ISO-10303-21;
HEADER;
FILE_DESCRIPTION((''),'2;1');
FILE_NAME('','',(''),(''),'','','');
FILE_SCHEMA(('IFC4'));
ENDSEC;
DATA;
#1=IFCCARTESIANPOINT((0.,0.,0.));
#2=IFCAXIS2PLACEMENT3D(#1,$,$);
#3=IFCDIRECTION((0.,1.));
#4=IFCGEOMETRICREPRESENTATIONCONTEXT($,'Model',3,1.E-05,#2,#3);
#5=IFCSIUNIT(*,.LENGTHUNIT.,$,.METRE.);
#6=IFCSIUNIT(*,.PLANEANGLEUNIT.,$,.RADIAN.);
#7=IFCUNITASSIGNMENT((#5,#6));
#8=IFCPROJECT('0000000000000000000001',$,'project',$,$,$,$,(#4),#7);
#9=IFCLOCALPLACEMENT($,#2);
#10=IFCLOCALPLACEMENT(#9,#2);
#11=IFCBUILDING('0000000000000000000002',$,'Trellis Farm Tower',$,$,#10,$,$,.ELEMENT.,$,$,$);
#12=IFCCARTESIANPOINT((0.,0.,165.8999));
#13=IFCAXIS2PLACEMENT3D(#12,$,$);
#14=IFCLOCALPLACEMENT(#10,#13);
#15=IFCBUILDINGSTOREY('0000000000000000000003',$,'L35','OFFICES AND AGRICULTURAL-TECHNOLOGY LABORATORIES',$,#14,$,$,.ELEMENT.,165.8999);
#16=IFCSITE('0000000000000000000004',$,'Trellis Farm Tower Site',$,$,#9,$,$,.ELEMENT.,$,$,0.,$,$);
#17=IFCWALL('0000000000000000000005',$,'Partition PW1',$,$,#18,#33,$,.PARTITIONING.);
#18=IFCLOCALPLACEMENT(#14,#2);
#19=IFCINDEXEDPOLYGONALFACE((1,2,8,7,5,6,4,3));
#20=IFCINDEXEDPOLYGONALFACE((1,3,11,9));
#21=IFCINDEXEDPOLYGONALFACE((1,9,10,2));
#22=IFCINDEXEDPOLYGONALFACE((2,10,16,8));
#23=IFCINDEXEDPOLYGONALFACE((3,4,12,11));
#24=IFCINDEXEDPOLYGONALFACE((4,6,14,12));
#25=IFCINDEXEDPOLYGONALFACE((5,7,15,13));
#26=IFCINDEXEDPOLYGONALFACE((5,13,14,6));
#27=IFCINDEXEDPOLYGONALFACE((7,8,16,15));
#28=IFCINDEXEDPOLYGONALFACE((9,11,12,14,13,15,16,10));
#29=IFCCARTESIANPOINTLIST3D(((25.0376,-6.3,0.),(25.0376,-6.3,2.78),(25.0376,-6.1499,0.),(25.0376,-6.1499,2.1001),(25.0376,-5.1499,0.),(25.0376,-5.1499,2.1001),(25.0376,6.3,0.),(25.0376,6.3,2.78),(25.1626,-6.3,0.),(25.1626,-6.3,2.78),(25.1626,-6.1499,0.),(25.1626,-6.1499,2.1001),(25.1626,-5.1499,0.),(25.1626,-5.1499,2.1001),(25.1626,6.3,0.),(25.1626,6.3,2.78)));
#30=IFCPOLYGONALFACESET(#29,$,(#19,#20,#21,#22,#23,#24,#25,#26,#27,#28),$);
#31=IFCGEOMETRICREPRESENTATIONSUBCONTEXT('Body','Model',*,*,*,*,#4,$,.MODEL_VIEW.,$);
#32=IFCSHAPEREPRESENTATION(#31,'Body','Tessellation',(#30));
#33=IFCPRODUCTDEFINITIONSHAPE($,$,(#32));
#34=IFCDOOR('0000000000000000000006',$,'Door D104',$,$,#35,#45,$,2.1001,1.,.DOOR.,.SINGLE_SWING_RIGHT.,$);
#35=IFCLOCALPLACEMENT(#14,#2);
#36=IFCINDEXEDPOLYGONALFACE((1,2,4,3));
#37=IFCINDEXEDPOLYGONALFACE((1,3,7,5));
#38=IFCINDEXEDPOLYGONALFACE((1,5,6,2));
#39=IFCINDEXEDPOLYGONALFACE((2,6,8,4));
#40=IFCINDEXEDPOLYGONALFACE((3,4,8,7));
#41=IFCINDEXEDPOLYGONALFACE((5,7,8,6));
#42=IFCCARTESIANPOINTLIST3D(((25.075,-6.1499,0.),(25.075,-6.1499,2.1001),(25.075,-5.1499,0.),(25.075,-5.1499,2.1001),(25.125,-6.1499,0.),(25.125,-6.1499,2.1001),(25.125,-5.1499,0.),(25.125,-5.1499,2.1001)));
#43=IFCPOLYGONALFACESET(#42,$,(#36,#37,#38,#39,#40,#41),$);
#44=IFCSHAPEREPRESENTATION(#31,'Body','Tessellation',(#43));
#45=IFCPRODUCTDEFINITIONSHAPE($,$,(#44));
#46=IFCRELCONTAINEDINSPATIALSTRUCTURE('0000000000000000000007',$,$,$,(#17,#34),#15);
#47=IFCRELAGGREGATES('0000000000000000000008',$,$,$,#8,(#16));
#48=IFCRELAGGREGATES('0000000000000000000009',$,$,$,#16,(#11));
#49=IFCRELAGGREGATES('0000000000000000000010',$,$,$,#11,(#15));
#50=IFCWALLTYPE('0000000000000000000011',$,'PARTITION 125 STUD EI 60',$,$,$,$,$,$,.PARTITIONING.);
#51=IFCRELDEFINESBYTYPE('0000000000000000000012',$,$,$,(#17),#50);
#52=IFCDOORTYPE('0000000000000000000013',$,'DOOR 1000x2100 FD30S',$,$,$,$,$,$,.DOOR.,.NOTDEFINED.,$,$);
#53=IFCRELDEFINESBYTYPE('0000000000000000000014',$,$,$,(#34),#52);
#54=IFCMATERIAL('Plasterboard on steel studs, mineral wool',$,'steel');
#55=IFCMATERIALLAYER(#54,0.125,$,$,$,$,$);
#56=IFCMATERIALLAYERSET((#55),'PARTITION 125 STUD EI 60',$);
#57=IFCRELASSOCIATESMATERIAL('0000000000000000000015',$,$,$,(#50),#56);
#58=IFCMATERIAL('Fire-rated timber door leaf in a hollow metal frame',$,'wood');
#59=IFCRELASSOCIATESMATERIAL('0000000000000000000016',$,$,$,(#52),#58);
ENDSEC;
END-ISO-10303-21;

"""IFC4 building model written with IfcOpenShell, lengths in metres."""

from ifc_helpers import new_model, si_unit, direction, frame, frame_2d, origin, place, context, subcontext, project, spatial, rectangle, extrude, source, transform, mapped, material, layer, layer_set, type_object, element, fill, save


model = new_model("IFC4")

# Units and contexts
model_context = context("Model", 3, precision=1e-05, world=origin(), true_north=direction((0.0, 1.0)))
body_context = subcontext(model_context, "Body", "Model", "MODEL_VIEW")
ifc_project = project(units=[si_unit("LENGTHUNIT", "METRE"), si_unit("PLANEANGLEUNIT", "RADIAN")], contexts=[model_context])

# Site, building, storey
site_placement = place(None, origin())
site = spatial("IfcSite", under=ifc_project, at=site_placement, Name="Trellis Farm Tower Site", CompositionType="ELEMENT", RefElevation=0.0)
building_placement = place(site_placement, origin())
building = spatial("IfcBuilding", under=site, at=building_placement, Name="Trellis Farm Tower", CompositionType="ELEMENT")
storey_placement = place(building_placement, frame((0.0, 0.0, 165.8999)))
storey = spatial("IfcBuildingStorey", under=building, at=storey_placement, Name="L35", Description="OFFICES AND AGRICULTURAL-TECHNOLOGY LABORATORIES", CompositionType="ELEMENT", Elevation=165.8999)

# Wall, opening, door
ifc_material_1 = material(Name="Plasterboard on steel studs, mineral wool", Category="steel")
ifc_layer_1 = layer(ifc_material_1, 0.125)
ifc_layer_set_1 = layer_set([ifc_layer_1], Name="PARTITION 125 STUD EI 60")
wall_type_1 = type_object("IfcWallType", Name="PARTITION 125 STUD EI 60", PredefinedType="PARTITIONING", material=ifc_layer_set_1)
shared_shape_1 = source(origin(), body_context, "Body", "SweptSolid", [
    extrude(rectangle(XDim=12.6001, YDim=0.125, at=frame_2d((6.3, 0.0))), origin(), (0.0, 0.0, 1.0), 2.78),
])
wall_1_placement = place(storey_placement, frame((25.1001, 6.3, 0.0), z_axis=(0.0, 0.0, 1.0), x_axis=(0.0, -1.0, 0.0)))
wall_1 = element("IfcWall", 1, at=wall_1_placement, inside=storey, type_object=wall_type_1, Name="Partition PW1", PredefinedType="PARTITIONING", context=body_context, shape_type="MappedRepresentation", body=[
    mapped(shared_shape_1, transform((0.0, 0.0, 0.0))),
])
shared_shape_2 = source(origin(), body_context, "Body", "SweptSolid", [
    extrude(rectangle(XDim=1.0, YDim=2.1001, at=frame_2d((0.5, 1.05))), frame((0.0, 0.0725, 0.0), z_axis=(0.0, -1.0, 0.0), x_axis=(1.0, 0.0, 0.0)), (0.0, 0.0, 1.0), 0.145),
])
opening_1_placement = place(wall_1_placement, frame((11.45, 0.0, 0.0)))
opening_1 = element("IfcOpeningElement", 2, at=opening_1_placement, cuts=wall_1, PredefinedType="OPENING", context=body_context, shape_type="MappedRepresentation", body=[
    mapped(shared_shape_2, transform((0.0, 0.0, 0.0))),
])
ifc_material_2 = material(Name="Fire-rated timber door leaf in a hollow metal frame", Category="wood")
door_type_1 = type_object("IfcDoorType", Name="DOOR 1000x2100 FD30S", OperationType="NOTDEFINED", PredefinedType="DOOR", material=ifc_material_2)
shared_shape_3 = source(origin(), body_context, "Body", "SweptSolid", [
    extrude(rectangle(XDim=1.0, YDim=2.1001, at=frame_2d((0.5, 1.05))), frame((0.0, 0.0249, 0.0), z_axis=(0.0, -1.0, 0.0), x_axis=(1.0, 0.0, 0.0)), (0.0, 0.0, 1.0), 0.05),
])
door_1_placement = place(opening_1_placement, origin())
door_1 = element("IfcDoor", 3, at=door_1_placement, inside=storey, type_object=door_type_1, Name="Door D104", OperationType="SINGLE_SWING_RIGHT", OverallHeight=2.1001, OverallWidth=1.0, PredefinedType="DOOR", context=body_context, shape_type="MappedRepresentation", body=[
    mapped(shared_shape_3, transform((0.0, 0.0, 0.0))),
])
fill(opening_1, door_1)

save(model, "model.ifc")
